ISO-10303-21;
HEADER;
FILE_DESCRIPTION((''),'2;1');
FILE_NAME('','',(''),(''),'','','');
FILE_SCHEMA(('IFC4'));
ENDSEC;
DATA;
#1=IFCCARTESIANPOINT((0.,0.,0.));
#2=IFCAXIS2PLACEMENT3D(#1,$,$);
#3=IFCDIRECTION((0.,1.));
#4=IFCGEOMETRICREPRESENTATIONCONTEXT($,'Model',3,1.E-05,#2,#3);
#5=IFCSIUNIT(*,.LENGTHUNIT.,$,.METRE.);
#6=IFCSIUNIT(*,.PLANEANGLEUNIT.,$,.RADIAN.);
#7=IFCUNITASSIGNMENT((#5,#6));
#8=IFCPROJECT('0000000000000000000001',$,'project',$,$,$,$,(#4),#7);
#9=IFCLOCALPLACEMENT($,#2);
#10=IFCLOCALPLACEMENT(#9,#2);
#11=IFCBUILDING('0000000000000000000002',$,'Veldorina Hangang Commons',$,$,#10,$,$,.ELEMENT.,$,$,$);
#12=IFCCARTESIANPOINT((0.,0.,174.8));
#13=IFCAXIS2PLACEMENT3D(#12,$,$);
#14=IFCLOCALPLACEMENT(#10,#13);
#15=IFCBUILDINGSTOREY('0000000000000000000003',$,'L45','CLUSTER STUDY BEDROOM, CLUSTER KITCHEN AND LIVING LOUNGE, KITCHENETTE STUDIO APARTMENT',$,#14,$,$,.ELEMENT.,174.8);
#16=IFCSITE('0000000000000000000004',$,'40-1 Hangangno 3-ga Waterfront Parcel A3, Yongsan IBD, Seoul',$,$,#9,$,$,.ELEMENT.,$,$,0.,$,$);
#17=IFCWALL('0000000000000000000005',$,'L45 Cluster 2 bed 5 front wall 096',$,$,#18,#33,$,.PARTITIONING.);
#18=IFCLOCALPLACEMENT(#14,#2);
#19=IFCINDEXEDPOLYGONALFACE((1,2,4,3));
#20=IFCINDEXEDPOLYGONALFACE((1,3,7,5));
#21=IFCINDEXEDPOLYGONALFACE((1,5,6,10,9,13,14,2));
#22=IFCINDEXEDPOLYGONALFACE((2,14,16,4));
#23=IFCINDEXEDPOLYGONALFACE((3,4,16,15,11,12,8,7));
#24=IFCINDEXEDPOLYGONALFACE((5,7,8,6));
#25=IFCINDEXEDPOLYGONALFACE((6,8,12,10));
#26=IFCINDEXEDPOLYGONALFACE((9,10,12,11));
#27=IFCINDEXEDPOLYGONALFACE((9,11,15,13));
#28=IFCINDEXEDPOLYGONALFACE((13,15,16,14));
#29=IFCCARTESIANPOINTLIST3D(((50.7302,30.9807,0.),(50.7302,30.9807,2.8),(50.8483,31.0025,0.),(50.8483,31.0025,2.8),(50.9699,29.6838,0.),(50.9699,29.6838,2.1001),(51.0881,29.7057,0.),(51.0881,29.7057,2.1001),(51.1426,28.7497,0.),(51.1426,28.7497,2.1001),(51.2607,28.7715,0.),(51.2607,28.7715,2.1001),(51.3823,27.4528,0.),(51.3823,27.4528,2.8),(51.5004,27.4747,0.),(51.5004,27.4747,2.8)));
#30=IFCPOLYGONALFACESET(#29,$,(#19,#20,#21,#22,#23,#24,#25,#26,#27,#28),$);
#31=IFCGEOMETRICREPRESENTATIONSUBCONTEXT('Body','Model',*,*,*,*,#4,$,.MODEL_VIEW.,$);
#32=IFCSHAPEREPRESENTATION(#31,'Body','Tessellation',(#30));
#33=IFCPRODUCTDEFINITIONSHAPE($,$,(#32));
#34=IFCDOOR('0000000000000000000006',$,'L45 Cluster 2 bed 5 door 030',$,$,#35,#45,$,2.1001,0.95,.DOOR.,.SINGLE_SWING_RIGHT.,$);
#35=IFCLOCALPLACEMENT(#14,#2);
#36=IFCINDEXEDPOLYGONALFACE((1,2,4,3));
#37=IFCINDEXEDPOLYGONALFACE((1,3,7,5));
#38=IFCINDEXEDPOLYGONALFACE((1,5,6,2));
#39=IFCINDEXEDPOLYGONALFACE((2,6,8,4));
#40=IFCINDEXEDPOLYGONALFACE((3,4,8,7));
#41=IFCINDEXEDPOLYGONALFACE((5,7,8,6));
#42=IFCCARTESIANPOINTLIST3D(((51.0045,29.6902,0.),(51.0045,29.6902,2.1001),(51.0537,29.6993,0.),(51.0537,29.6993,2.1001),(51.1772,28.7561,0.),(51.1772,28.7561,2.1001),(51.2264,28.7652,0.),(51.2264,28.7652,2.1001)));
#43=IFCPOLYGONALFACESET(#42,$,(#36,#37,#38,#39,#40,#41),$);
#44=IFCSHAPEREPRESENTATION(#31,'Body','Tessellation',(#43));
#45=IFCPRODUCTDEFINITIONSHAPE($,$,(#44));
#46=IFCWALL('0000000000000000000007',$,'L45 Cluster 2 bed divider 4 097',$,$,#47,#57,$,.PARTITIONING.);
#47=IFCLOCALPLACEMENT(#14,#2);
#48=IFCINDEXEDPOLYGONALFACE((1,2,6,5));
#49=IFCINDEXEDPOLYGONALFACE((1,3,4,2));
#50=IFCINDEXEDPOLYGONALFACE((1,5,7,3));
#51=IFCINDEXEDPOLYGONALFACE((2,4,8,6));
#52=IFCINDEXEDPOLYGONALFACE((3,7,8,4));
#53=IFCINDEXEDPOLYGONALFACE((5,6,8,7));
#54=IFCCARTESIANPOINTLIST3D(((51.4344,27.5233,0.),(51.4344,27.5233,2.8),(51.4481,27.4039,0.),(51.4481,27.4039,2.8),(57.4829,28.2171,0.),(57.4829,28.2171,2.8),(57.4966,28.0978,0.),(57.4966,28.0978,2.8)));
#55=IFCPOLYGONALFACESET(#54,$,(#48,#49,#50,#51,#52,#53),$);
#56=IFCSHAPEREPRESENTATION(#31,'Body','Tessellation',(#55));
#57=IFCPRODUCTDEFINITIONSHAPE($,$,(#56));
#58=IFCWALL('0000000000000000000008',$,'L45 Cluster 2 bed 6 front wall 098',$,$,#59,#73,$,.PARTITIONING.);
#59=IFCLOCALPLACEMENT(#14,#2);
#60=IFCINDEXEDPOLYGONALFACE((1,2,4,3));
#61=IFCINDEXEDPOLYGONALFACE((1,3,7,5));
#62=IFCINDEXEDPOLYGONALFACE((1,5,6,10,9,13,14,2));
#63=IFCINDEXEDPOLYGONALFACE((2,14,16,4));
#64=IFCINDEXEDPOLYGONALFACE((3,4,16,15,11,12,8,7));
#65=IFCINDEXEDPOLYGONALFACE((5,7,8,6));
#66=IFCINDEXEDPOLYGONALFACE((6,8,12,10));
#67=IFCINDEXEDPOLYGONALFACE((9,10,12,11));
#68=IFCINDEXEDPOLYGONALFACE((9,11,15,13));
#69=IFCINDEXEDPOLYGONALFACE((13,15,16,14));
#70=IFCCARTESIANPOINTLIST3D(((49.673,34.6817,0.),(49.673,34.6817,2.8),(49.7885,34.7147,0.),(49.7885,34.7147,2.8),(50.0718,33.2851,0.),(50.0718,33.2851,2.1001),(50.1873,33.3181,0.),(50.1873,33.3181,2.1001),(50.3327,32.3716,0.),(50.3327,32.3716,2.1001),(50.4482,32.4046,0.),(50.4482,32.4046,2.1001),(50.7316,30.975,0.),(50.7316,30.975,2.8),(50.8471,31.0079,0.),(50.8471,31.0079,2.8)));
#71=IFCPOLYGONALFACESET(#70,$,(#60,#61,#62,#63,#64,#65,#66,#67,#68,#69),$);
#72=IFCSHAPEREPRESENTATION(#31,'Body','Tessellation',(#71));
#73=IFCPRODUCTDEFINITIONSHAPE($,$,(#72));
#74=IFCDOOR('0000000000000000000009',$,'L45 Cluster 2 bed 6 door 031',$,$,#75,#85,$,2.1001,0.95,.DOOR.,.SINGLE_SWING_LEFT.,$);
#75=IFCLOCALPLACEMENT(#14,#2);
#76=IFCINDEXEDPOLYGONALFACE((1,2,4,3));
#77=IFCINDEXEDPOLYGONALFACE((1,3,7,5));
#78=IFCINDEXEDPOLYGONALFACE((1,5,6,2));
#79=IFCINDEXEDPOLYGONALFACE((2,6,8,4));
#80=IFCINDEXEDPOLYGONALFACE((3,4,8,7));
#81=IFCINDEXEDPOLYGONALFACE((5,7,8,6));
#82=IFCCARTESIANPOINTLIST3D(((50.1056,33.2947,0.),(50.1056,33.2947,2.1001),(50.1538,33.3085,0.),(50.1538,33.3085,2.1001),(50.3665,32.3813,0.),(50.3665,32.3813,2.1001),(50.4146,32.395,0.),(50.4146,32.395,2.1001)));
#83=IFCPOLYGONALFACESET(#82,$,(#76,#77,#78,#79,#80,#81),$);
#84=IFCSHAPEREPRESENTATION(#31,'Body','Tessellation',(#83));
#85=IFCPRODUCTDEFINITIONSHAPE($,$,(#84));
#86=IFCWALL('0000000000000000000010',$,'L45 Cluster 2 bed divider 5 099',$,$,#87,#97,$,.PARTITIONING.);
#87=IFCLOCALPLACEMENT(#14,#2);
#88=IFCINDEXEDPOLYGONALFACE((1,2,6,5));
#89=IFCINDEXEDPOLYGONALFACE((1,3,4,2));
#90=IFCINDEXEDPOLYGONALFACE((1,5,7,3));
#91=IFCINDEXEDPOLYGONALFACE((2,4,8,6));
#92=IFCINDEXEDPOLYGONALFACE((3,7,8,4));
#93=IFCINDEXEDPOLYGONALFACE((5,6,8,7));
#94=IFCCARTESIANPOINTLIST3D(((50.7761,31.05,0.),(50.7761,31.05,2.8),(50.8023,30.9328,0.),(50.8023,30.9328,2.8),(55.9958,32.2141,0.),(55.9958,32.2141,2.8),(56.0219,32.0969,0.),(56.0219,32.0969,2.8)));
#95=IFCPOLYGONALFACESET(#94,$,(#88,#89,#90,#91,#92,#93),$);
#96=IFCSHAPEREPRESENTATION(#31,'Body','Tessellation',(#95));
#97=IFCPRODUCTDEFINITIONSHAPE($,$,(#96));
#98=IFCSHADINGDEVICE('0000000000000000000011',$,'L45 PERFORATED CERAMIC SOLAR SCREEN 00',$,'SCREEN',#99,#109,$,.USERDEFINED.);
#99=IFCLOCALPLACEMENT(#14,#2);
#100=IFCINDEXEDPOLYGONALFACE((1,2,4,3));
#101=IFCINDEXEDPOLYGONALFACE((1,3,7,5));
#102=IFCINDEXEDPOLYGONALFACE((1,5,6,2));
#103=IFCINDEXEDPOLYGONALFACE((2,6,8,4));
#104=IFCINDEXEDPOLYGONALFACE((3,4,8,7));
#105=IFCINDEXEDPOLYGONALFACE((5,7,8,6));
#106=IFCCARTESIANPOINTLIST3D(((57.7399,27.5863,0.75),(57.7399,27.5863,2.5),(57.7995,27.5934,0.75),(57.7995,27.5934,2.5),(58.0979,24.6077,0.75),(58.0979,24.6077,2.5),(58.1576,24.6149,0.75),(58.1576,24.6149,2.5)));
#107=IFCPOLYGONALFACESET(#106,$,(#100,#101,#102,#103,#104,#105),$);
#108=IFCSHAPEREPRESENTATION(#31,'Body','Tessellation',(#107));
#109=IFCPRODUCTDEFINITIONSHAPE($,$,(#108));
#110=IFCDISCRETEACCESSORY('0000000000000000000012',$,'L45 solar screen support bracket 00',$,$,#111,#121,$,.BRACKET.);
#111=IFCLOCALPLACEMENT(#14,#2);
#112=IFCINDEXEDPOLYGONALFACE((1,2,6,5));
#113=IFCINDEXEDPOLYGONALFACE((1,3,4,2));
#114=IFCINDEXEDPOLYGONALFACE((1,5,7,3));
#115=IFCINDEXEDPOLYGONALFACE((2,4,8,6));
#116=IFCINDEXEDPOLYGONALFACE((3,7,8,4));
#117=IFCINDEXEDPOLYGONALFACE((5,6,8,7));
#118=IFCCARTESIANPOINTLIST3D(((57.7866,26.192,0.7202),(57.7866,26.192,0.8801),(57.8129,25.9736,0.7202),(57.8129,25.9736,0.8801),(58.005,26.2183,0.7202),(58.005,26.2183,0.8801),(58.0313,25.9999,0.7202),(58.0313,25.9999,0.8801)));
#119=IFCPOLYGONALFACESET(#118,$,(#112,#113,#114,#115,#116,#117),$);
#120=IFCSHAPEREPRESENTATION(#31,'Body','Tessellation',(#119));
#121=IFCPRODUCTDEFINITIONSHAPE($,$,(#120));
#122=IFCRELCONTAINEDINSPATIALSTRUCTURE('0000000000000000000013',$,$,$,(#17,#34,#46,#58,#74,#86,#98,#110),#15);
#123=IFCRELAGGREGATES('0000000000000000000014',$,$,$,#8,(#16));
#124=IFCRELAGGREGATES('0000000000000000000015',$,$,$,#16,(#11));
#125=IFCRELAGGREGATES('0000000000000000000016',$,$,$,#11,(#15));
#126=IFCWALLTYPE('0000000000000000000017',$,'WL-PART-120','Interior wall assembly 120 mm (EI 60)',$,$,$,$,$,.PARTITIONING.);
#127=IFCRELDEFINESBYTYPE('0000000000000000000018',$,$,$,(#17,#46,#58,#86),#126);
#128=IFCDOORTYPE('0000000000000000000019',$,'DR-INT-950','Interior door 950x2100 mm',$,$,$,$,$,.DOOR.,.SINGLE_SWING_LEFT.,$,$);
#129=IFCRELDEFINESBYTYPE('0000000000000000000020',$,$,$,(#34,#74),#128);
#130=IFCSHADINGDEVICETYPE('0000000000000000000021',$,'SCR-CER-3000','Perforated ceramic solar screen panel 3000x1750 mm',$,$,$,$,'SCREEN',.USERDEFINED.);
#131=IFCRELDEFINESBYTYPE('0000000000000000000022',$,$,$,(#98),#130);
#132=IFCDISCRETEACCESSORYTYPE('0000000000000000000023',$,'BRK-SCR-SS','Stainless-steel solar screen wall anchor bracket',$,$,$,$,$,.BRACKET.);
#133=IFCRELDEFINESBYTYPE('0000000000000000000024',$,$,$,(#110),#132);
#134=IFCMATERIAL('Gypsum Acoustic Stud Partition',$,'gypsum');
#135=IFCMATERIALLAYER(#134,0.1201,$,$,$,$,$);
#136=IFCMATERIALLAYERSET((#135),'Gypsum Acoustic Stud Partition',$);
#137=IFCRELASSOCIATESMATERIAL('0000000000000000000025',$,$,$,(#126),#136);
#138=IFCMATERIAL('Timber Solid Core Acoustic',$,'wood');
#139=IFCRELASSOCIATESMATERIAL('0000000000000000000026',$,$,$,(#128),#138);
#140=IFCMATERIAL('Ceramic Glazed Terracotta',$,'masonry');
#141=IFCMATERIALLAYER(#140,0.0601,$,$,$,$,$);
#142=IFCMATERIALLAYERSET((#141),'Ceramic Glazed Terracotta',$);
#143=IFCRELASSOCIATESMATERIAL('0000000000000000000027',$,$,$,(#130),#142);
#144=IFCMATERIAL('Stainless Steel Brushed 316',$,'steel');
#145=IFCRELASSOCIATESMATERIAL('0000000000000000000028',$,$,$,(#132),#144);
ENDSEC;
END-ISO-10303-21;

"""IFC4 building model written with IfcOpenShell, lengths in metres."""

from ifc_helpers import new_model, si_unit, direction, frame, frame_2d, origin, origin_2d, place, context, subcontext, project, spatial, rectangle, extrude, material, layer, layer_set, type_object, element, fill, save


model = new_model("IFC4")

# Units and contexts
model_context = context("Model", 3, precision=1e-05, world=origin(), true_north=direction((0.0, 1.0)))
body_context = subcontext(model_context, "Body", "Model", "MODEL_VIEW")
ifc_project = project(units=[si_unit("LENGTHUNIT", "METRE"), si_unit("PLANEANGLEUNIT", "RADIAN")], contexts=[model_context])

# Site, building, storey
site_placement = place(None, origin())
site = spatial("IfcSite", under=ifc_project, at=site_placement, Name="40-1 Hangangno 3-ga Waterfront Parcel A3, Yongsan IBD, Seoul", CompositionType="ELEMENT", RefElevation=0.0)
building_placement = place(site_placement, origin())
building = spatial("IfcBuilding", under=site, at=building_placement, Name="Veldorina Hangang Commons", CompositionType="ELEMENT")
storey_placement = place(building_placement, frame((0.0, 0.0, 174.8)))
storey = spatial("IfcBuildingStorey", under=building, at=storey_placement, Name="L45", Description="CLUSTER STUDY BEDROOM, CLUSTER KITCHEN AND LIVING LOUNGE, KITCHENETTE STUDIO APARTMENT", CompositionType="ELEMENT", Elevation=174.8)

# Shared definitions
ifc_material_1 = material(Name="Gypsum Acoustic Stud Partition", Category="gypsum")
ifc_layer_1 = layer(ifc_material_1, 0.1201)
ifc_layer_set_1 = layer_set([ifc_layer_1], Name="Gypsum Acoustic Stud Partition")
wall_type_1 = type_object("IfcWallType", Name="WL-PART-120", Description="Interior wall assembly 120 mm (EI 60)", PredefinedType="PARTITIONING", material=ifc_layer_set_1)
ifc_material_2 = material(Name="Timber Solid Core Acoustic", Category="wood")
door_type = type_object("IfcDoorType", Name="DR-INT-950", Description="Interior door 950x2100 mm", OperationType="SINGLE_SWING_LEFT", PredefinedType="DOOR", material=ifc_material_2)

# Wall, opening, door
wall_1_placement = place(storey_placement, frame((51.4414, 27.4636, 0.0), z_axis=(0.0, 0.0, 1.0), x_axis=(-0.181765, 0.983342, 0.0)))
wall_1 = element("IfcWall", 1, at=wall_1_placement, inside=storey, type_object=wall_type_1, Name="L45 Cluster 2 bed 5 front wall 096", PredefinedType="PARTITIONING", context=body_context, shape_type="SweptSolid", body=[
    extrude(rectangle(XDim=3.5876, YDim=0.1201, at=frame_2d((1.7939, 0.0))), origin(), (0.0, 0.0, 1.0), 2.8),
])
opening_1_placement = place(wall_1_placement, frame((1.3188, 0.0, 0.0)))
opening_1 = element("IfcOpeningElement", 2, at=opening_1_placement, cuts=wall_1, PredefinedType="OPENING", context=body_context, shape_type="SweptSolid", body=[
    extrude(rectangle(XDim=0.95, YDim=2.1001, at=frame_2d((0.4751, 1.05))), frame((0.0, 0.0701, 0.0), z_axis=(0.0, -1.0, 0.0), x_axis=(1.0, 0.0, 0.0)), (0.0, 0.0, 1.0), 0.1401),
])
door_1_placement = place(opening_1_placement, origin())
door_1 = element("IfcDoor", 3, at=door_1_placement, inside=storey, type_object=door_type, Name="L45 Cluster 2 bed 5 door 030", OperationType="SINGLE_SWING_RIGHT", OverallHeight=2.1001, OverallWidth=0.95, PredefinedType="DOOR", context=body_context, shape_type="SweptSolid", body=[
    extrude(rectangle(XDim=0.95, YDim=2.1001, at=frame_2d((0.4751, 1.05))), frame((0.0, 0.0249, 0.0), z_axis=(0.0, -1.0, 0.0), x_axis=(1.0, 0.0, 0.0)), (0.0, 0.0, 1.0), 0.05),
])
fill(opening_1, door_1)

# Wall
wall_2_placement = place(storey_placement, frame((51.4414, 27.4636, 0.0), z_axis=(0.0, 0.0, 1.0), x_axis=(0.993485, 0.113965, 0.0)))
element("IfcWall", 4, at=wall_2_placement, inside=storey, type_object=wall_type_1, Name="L45 Cluster 2 bed divider 4 097", PredefinedType="PARTITIONING", context=body_context, shape_type="SweptSolid", body=[
    extrude(rectangle(XDim=6.0881, YDim=0.1201, at=frame_2d((3.0439, 0.0))), origin(), (0.0, 0.0, 1.0), 2.8),
])

# Wall, opening, door
wall_3_placement = place(storey_placement, frame((50.7893, 30.9915, 0.0), z_axis=(0.0, 0.0, 1.0), x_axis=(-0.274604, 0.961557, 0.0)))
wall_3 = element("IfcWall", 5, at=wall_3_placement, inside=storey, type_object=wall_type_1, Name="L45 Cluster 2 bed 6 front wall 098", PredefinedType="PARTITIONING", context=body_context, shape_type="SweptSolid", body=[
    extrude(rectangle(XDim=3.855, YDim=0.1201, at=frame_2d((1.9275, 0.0))), origin(), (0.0, 0.0, 1.0), 2.8),
])
opening_2_placement = place(wall_3_placement, frame((1.4524, 0.0, 0.0)))
opening_2 = element("IfcOpeningElement", 6, at=opening_2_placement, cuts=wall_3, PredefinedType="OPENING", context=body_context, shape_type="SweptSolid", body=[
    extrude(rectangle(XDim=0.95, YDim=2.1001, at=frame_2d((0.4751, 1.05))), frame((0.0, 0.0701, 0.0), z_axis=(0.0, -1.0, 0.0), x_axis=(1.0, 0.0, 0.0)), (0.0, 0.0, 1.0), 0.1401),
])
door_2_placement = place(opening_2_placement, origin())
door_2 = element("IfcDoor", 7, at=door_2_placement, inside=storey, type_object=door_type, Name="L45 Cluster 2 bed 6 door 031", OperationType="SINGLE_SWING_LEFT", OverallHeight=2.1001, OverallWidth=0.95, PredefinedType="DOOR", context=body_context, shape_type="SweptSolid", body=[
    extrude(rectangle(XDim=0.95, YDim=2.1001, at=frame_2d((0.4751, 1.05))), frame((0.0, 0.0249, 0.0), z_axis=(0.0, -1.0, 0.0), x_axis=(1.0, 0.0, 0.0)), (0.0, 0.0, 1.0), 0.05),
])
fill(opening_2, door_2)

# Wall
wall_4_placement = place(storey_placement, frame((50.7893, 30.9915, 0.0), z_axis=(0.0, 0.0, 1.0), x_axis=(0.976024, 0.217665, 0.0)))
element("IfcWall", 8, at=wall_4_placement, inside=storey, type_object=wall_type_1, Name="L45 Cluster 2 bed divider 5 099", PredefinedType="PARTITIONING", context=body_context, shape_type="SweptSolid", body=[
    extrude(rectangle(XDim=5.3479, YDim=0.1201, at=frame_2d((2.6738, 0.0))), origin(), (0.0, 0.0, 1.0), 2.8),
])

# Shading device
ifc_material_3 = material(Name="Ceramic Glazed Terracotta", Category="masonry")
ifc_layer_2 = layer(ifc_material_3, 0.0601)
ifc_layer_set_2 = layer_set([ifc_layer_2], Name="Ceramic Glazed Terracotta")
shading_device_type = type_object("IfcShadingDeviceType", Name="SCR-CER-3000", Description="Perforated ceramic solar screen panel 3000x1750 mm", ElementType="SCREEN", PredefinedType="USERDEFINED", material=ifc_layer_set_2)
shading_device_placement = place(storey_placement, frame((57.9487, 26.1006, 0.75), z_axis=(0.0, 0.0, 1.0), x_axis=(-0.11934, 0.992853, 0.0)))
element("IfcShadingDevice", 9, at=shading_device_placement, inside=storey, type_object=shading_device_type, Name="L45 PERFORATED CERAMIC SOLAR SCREEN 00", ObjectType="SCREEN", PredefinedType="USERDEFINED", context=body_context, shape_type="SweptSolid", body=[
    extrude(rectangle(XDim=3.0, YDim=0.0601, at=origin_2d()), origin(), (0.0, 0.0, 1.0), 1.75),
])

# Discrete accessory
ifc_material_4 = material(Name="Stainless Steel Brushed 316", Category="steel")
discrete_accessory_type = type_object("IfcDiscreteAccessoryType", Name="BRK-SCR-SS", Description="Stainless-steel solar screen wall anchor bracket", PredefinedType="BRACKET", material=ifc_material_4)
discrete_accessory_placement = place(storey_placement, frame((57.9089, 26.0959, 0.7202), z_axis=(0.0, 0.0, 1.0), x_axis=(-0.11934, 0.992853, 0.0)))
element("IfcDiscreteAccessory", 10, at=discrete_accessory_placement, inside=storey, type_object=discrete_accessory_type, Name="L45 solar screen support bracket 00", PredefinedType="BRACKET", context=body_context, shape_type="SweptSolid", body=[
    extrude(rectangle(XDim=0.22, YDim=0.22, at=origin_2d()), origin(), (0.0, 0.0, 1.0), 0.1599),
])

save(model, "model.ifc")
